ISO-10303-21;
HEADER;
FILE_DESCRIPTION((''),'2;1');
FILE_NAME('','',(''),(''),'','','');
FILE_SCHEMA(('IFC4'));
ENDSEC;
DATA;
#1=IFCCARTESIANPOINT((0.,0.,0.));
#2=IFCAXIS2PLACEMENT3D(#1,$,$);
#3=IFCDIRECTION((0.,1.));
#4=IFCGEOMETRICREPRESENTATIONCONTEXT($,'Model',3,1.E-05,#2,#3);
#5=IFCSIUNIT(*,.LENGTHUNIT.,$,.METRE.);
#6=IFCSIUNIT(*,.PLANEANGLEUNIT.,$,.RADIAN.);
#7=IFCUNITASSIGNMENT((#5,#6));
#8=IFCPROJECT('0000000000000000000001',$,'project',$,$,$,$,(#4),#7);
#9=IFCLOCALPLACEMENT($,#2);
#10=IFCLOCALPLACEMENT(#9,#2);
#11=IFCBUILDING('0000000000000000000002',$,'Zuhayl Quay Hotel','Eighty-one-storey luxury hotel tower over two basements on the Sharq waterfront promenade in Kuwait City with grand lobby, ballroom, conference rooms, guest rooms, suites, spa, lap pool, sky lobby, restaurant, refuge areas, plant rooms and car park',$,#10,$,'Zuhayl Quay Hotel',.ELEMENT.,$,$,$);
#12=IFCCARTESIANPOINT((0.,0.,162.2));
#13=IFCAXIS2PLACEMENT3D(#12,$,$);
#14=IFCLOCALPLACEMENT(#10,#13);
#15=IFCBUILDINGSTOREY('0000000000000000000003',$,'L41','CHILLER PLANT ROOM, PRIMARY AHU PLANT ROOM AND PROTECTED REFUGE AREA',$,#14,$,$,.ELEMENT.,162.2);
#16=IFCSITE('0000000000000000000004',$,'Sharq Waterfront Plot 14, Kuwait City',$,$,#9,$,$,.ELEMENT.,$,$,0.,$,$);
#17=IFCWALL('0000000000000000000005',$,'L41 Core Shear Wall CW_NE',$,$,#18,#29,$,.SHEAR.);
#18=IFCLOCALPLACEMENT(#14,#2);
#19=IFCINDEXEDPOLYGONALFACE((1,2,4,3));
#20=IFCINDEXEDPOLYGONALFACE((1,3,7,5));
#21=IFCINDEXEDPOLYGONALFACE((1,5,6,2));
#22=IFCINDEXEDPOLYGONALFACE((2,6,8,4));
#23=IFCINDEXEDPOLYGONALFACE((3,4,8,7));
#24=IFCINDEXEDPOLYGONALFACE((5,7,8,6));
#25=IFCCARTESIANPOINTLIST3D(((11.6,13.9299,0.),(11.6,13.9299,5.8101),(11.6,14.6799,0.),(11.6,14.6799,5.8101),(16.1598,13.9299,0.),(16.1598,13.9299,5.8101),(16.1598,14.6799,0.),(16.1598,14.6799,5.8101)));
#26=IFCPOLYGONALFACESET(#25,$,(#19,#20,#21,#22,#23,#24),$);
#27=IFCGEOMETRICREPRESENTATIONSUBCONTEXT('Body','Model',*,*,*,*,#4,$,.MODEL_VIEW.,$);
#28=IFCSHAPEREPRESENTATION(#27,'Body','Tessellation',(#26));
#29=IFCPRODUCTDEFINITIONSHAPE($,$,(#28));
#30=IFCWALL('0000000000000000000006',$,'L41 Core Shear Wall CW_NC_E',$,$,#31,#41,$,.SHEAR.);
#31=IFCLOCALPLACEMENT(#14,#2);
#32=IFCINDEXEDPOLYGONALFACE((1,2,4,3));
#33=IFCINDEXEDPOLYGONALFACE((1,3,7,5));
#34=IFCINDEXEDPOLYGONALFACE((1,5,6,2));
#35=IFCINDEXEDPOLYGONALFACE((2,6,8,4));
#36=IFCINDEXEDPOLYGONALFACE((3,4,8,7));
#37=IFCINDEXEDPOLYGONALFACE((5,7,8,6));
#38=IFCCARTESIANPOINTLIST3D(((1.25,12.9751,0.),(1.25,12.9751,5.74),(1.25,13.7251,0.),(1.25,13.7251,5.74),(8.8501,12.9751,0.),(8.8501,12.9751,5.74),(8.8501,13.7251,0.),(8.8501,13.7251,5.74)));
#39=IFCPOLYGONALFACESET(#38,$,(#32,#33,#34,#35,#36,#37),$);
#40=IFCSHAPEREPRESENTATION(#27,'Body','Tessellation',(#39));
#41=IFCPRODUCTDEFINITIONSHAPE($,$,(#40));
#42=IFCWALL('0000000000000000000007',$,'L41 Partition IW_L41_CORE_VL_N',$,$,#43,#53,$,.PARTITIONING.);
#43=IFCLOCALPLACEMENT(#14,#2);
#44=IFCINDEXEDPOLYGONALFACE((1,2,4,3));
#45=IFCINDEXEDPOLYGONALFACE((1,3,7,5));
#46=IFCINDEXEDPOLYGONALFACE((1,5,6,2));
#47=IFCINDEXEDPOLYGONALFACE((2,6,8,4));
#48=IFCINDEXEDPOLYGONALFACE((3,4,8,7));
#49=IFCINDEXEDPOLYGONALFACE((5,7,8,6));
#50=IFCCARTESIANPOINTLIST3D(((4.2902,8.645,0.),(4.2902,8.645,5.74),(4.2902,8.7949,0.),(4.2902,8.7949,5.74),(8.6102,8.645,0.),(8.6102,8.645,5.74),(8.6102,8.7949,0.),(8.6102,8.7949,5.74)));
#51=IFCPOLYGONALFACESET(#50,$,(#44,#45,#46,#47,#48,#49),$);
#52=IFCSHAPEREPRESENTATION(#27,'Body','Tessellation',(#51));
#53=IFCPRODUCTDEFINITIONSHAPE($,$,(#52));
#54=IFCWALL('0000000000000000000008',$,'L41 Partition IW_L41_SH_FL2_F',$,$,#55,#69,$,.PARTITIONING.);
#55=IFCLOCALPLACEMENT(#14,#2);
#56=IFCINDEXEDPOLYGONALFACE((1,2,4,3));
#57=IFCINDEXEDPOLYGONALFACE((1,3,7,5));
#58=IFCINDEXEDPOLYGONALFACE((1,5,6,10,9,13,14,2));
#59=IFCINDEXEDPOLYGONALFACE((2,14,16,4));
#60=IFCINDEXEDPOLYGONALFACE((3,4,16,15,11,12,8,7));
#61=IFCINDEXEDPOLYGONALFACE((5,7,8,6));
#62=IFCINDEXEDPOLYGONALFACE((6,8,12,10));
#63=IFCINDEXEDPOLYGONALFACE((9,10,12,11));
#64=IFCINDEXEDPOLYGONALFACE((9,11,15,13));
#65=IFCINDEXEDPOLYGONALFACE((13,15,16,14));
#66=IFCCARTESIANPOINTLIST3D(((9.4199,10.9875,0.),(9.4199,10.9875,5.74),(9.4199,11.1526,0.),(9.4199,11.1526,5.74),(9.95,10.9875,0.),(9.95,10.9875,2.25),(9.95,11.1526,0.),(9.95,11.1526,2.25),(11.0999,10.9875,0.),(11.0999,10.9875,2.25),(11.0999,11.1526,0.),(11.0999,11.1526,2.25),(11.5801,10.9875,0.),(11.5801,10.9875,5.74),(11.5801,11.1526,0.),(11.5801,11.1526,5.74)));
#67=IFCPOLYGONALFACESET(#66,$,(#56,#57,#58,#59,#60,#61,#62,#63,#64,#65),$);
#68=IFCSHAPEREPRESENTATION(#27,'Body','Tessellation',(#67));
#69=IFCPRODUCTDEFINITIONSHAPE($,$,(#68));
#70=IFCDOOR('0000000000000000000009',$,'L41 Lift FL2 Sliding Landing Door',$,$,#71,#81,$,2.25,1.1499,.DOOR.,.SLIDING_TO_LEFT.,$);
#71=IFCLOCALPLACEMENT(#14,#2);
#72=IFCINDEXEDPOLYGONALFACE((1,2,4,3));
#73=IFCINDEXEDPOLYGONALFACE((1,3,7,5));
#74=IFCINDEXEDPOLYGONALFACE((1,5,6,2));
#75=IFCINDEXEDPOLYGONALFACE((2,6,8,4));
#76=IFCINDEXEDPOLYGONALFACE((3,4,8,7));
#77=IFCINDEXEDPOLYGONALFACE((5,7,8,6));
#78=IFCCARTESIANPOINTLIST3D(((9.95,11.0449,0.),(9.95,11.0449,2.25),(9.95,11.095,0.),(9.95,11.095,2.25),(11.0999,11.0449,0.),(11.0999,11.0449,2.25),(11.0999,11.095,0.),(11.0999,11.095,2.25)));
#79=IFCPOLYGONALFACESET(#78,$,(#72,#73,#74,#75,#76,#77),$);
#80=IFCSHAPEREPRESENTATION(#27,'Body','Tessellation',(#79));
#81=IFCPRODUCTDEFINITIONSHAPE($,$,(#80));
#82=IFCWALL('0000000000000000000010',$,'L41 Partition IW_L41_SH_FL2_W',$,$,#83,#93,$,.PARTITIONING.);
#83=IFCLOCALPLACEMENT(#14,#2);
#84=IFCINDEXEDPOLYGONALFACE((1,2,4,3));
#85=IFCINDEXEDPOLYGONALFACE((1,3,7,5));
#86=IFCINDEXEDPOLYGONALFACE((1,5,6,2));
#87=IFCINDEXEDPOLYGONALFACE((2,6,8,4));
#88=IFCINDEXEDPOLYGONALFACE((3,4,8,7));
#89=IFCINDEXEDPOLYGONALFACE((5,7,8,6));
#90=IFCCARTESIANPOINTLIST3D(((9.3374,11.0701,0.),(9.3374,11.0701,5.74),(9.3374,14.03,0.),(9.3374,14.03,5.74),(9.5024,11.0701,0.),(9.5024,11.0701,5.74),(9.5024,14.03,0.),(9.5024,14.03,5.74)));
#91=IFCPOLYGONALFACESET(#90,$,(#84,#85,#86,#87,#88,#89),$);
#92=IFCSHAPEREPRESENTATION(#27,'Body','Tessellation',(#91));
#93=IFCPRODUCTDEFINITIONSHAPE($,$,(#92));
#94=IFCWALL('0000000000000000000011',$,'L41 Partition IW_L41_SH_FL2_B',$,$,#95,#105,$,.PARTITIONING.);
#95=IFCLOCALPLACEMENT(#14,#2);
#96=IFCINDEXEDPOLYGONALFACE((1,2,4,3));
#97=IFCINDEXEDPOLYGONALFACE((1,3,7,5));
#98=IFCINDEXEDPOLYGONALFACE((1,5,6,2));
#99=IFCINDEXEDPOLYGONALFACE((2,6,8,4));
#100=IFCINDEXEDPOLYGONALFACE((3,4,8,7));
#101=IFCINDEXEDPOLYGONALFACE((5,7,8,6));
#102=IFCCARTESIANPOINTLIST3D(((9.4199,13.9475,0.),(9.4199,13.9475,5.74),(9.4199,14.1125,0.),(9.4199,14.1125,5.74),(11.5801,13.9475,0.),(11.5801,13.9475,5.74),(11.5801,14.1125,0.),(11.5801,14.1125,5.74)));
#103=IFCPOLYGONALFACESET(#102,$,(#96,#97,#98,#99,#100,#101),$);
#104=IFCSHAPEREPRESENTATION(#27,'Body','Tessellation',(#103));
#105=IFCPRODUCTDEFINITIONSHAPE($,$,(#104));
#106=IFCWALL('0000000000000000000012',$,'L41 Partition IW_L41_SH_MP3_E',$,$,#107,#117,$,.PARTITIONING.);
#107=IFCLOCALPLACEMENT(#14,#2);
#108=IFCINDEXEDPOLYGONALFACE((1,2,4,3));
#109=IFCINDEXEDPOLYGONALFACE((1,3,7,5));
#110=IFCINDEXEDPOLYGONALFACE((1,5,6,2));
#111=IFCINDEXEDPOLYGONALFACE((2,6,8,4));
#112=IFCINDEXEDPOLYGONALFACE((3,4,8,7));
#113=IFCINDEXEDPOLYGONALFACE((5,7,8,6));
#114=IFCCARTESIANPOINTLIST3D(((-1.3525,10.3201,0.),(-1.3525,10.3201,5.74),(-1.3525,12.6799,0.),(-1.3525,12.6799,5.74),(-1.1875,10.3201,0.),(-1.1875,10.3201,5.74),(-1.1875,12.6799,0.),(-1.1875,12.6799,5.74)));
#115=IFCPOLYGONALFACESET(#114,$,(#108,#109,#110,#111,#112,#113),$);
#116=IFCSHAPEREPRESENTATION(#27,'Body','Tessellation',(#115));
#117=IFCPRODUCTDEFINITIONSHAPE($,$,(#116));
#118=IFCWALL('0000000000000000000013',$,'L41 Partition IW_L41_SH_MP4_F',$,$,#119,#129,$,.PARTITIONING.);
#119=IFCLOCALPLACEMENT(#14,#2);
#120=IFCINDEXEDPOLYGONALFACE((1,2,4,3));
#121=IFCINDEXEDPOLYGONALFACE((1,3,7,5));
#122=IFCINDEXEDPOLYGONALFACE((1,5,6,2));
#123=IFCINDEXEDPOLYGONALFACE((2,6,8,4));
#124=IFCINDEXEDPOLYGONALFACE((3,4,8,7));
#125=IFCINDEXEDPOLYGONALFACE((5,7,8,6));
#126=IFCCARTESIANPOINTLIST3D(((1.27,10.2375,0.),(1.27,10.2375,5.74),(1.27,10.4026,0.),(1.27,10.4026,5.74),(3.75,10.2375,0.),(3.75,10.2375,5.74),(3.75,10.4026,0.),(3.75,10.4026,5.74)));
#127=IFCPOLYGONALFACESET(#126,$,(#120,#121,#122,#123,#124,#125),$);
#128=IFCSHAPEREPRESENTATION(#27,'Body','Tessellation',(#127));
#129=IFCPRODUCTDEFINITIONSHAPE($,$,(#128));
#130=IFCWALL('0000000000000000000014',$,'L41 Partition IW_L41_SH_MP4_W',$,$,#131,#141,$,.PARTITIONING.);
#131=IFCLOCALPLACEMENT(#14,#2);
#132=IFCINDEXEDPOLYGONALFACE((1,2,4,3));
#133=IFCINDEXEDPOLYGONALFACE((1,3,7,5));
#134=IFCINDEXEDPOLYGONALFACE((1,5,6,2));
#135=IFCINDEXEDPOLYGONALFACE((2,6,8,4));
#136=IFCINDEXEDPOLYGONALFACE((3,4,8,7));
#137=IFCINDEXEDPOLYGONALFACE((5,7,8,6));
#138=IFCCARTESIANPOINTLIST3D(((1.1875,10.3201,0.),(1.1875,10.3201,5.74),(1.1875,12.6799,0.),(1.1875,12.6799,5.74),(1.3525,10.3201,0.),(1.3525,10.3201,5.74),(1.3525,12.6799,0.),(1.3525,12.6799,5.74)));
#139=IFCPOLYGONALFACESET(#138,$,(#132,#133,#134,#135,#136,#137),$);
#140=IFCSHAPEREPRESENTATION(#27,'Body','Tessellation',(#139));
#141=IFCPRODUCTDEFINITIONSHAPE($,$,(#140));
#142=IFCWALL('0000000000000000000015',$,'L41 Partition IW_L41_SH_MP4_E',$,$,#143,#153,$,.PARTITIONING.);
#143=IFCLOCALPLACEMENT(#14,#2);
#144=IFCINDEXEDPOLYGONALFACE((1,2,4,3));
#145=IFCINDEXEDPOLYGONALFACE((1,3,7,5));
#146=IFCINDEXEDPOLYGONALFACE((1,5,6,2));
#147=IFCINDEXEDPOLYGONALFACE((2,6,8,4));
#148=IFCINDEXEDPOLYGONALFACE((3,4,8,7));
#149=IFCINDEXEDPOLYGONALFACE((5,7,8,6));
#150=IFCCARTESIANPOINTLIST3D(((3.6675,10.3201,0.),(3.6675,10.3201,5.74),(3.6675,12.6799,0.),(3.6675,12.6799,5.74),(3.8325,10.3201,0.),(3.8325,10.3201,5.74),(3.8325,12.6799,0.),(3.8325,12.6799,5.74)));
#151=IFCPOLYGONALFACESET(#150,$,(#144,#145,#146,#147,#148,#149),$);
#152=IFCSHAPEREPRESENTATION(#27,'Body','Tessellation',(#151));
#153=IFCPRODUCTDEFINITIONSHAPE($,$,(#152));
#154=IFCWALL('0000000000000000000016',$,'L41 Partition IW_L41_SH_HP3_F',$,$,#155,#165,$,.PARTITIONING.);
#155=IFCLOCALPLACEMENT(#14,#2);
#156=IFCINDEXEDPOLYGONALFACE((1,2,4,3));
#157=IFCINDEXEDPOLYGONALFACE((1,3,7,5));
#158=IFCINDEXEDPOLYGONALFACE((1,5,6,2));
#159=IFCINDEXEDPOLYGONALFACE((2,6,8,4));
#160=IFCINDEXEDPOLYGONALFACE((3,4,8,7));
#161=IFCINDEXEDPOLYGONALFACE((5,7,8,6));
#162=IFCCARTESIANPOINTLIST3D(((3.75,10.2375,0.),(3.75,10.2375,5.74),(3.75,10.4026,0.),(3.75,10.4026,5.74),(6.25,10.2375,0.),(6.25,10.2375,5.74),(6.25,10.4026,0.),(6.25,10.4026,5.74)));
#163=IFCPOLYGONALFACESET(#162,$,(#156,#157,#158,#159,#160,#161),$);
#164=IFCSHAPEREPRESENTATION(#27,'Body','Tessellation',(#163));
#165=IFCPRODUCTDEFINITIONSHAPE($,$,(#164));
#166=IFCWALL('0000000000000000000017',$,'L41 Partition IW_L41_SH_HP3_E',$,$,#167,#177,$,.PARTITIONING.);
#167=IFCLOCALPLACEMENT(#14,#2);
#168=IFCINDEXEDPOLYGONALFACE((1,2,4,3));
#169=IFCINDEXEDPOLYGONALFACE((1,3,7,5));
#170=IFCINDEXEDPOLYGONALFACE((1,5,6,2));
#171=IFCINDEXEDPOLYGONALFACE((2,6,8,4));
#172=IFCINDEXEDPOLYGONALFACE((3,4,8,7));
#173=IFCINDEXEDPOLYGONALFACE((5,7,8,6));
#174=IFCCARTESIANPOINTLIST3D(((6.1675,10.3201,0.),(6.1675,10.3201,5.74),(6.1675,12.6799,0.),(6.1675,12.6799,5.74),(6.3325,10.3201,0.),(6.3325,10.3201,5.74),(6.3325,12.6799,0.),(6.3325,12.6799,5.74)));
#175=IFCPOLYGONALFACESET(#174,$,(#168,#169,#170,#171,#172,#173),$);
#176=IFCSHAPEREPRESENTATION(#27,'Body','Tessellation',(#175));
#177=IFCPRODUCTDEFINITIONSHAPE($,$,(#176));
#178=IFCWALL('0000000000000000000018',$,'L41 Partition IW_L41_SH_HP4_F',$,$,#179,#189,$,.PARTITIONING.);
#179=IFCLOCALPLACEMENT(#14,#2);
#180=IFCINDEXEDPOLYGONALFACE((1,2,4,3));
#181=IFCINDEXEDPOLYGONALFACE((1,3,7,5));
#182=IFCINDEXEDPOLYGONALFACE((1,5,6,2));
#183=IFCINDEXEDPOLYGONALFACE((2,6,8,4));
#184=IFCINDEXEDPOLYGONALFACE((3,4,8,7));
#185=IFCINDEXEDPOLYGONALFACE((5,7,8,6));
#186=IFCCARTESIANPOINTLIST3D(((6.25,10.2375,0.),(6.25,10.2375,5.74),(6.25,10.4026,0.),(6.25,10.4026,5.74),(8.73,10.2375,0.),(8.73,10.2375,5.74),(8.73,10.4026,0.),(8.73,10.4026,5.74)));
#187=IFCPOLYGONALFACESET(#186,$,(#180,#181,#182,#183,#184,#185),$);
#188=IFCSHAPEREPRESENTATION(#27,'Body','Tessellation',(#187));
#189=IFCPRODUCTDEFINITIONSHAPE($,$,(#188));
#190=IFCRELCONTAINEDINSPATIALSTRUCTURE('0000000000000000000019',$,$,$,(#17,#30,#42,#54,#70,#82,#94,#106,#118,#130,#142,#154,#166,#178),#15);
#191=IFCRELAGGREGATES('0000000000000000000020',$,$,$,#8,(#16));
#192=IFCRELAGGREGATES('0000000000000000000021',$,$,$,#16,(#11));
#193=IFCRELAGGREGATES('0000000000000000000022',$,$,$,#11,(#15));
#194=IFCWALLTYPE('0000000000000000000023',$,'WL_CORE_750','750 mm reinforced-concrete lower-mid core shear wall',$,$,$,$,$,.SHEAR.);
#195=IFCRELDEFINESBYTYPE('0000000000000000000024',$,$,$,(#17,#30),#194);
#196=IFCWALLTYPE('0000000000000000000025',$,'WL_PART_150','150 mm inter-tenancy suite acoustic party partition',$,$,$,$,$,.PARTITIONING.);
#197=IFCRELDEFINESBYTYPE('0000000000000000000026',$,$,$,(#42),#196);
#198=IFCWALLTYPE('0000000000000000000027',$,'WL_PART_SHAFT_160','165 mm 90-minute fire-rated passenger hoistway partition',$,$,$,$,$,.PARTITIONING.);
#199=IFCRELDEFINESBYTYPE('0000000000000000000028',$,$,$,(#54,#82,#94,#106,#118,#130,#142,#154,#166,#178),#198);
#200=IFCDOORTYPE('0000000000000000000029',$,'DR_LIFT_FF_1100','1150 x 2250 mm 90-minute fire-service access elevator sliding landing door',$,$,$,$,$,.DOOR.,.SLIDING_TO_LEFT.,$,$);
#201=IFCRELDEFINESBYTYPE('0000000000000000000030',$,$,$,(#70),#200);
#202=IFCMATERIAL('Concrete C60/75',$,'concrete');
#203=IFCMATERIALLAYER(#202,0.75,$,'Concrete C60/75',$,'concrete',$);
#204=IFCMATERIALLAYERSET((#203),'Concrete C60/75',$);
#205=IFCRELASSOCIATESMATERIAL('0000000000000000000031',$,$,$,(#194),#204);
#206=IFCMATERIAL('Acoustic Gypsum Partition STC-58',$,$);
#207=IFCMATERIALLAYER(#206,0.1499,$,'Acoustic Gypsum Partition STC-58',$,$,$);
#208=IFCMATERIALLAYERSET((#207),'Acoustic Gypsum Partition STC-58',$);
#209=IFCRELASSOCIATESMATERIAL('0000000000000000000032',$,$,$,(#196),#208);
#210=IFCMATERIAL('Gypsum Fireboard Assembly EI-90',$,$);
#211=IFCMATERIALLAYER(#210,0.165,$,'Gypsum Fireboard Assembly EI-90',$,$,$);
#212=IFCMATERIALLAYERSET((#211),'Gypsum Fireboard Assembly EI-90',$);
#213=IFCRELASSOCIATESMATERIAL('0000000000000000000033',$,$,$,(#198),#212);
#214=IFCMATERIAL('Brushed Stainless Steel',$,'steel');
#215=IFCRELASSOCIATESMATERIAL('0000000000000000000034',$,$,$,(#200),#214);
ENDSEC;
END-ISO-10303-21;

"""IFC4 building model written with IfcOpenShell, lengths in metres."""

from ifc_helpers import new_model, si_unit, direction, frame, frame_2d, origin, place, context, subcontext, project, spatial, rectangle, extrude, material, layer, layer_set, type_object, element, fill, save


model = new_model("IFC4")

# Units and contexts
model_context = context("Model", 3, precision=1e-05, world=origin(), true_north=direction((0.0, 1.0)))
body_context = subcontext(model_context, "Body", "Model", "MODEL_VIEW")
ifc_project = project(units=[si_unit("LENGTHUNIT", "METRE"), si_unit("PLANEANGLEUNIT", "RADIAN")], contexts=[model_context])

# Site, building, storey
site_placement = place(None, origin())
site = spatial("IfcSite", under=ifc_project, at=site_placement, Name="Sharq Waterfront Plot 14, Kuwait City", CompositionType="ELEMENT", RefElevation=0.0)
building_placement = place(site_placement, origin())
building = spatial("IfcBuilding", under=site, at=building_placement, Name="Zuhayl Quay Hotel", Description="Eighty-one-storey luxury hotel tower over two basements on the Sharq waterfront promenade in Kuwait City with grand lobby, ballroom, conference rooms, guest rooms, suites, spa, lap pool, sky lobby, restaurant, refuge areas, plant rooms and car park", LongName="Zuhayl Quay Hotel", CompositionType="ELEMENT")
storey_placement = place(building_placement, frame((0.0, 0.0, 162.2)))
storey = spatial("IfcBuildingStorey", under=building, at=storey_placement, Name="L41", Description="CHILLER PLANT ROOM, PRIMARY AHU PLANT ROOM AND PROTECTED REFUGE AREA", CompositionType="ELEMENT", Elevation=162.2)

# Shared definitions
ifc_material_1 = material(Name="Concrete C60/75", Category="concrete")

# Walls
ifc_layer_1 = layer(ifc_material_1, 0.75, Name="Concrete C60/75", Category="concrete")
ifc_layer_set_1 = layer_set([ifc_layer_1], Name="Concrete C60/75")
wall_type_1 = type_object("IfcWallType", Name="WL_CORE_750", Description="750 mm reinforced-concrete lower-mid core shear wall", PredefinedType="SHEAR", material=ifc_layer_set_1)
wall_1_placement = place(storey_placement, frame((11.6001, 14.3049, 0.0), z_axis=(0.0, 0.0, 1.0), x_axis=(1.0, 0.0, 0.0)))
element("IfcWall", 1, at=wall_1_placement, inside=storey, type_object=wall_type_1, Name="L41 Core Shear Wall CW_NE", PredefinedType="SHEAR", context=body_context, shape_type="SweptSolid", body=[
    extrude(rectangle(XDim=4.5598, YDim=0.75, at=frame_2d((2.2798, 0.0))), origin(), (0.0, 0.0, 1.0), 5.8101),
])
wall_2_placement = place(storey_placement, frame((1.25, 13.3501, 0.0), z_axis=(0.0, 0.0, 1.0), x_axis=(1.0, 0.0, 0.0)))
element("IfcWall", 2, at=wall_2_placement, inside=storey, type_object=wall_type_1, Name="L41 Core Shear Wall CW_NC_E", PredefinedType="SHEAR", context=body_context, shape_type="SweptSolid", body=[
    extrude(rectangle(XDim=7.6001, YDim=0.75, at=frame_2d((3.8, 0.0))), origin(), (0.0, 0.0, 1.0), 5.74),
])
ifc_material_2 = material(Name="Acoustic Gypsum Partition STC-58")
ifc_layer_2 = layer(ifc_material_2, 0.1499, Name="Acoustic Gypsum Partition STC-58")
ifc_layer_set_2 = layer_set([ifc_layer_2], Name="Acoustic Gypsum Partition STC-58")
wall_type_2 = type_object("IfcWallType", Name="WL_PART_150", Description="150 mm inter-tenancy suite acoustic party partition", PredefinedType="PARTITIONING", material=ifc_layer_set_2)
wall_3_placement = place(storey_placement, frame((4.29, 8.72, 0.0), z_axis=(0.0, 0.0, 1.0), x_axis=(1.0, 0.0, 0.0)))
element("IfcWall", 3, at=wall_3_placement, inside=storey, type_object=wall_type_2, Name="L41 Partition IW_L41_CORE_VL_N", PredefinedType="PARTITIONING", context=body_context, shape_type="SweptSolid", body=[
    extrude(rectangle(XDim=4.3201, YDim=0.1499, at=frame_2d((2.1602, 0.0))), origin(), (0.0, 0.0, 1.0), 5.74),
])

# Wall, opening, door
ifc_material_3 = material(Name="Gypsum Fireboard Assembly EI-90")
ifc_layer_3 = layer(ifc_material_3, 0.165, Name="Gypsum Fireboard Assembly EI-90")
ifc_layer_set_3 = layer_set([ifc_layer_3], Name="Gypsum Fireboard Assembly EI-90")
wall_type_3 = type_object("IfcWallType", Name="WL_PART_SHAFT_160", Description="165 mm 90-minute fire-rated passenger hoistway partition", PredefinedType="PARTITIONING", material=ifc_layer_set_3)
wall_4_placement = place(storey_placement, frame((9.4199, 11.0701, 0.0), z_axis=(0.0, 0.0, 1.0), x_axis=(1.0, 0.0, 0.0)))
wall_4 = element("IfcWall", 4, at=wall_4_placement, inside=storey, type_object=wall_type_3, Name="L41 Partition IW_L41_SH_FL2_F", PredefinedType="PARTITIONING", context=body_context, shape_type="SweptSolid", body=[
    extrude(rectangle(XDim=2.1602, YDim=0.165, at=frame_2d((1.0801, 0.0))), origin(), (0.0, 0.0, 1.0), 5.74),
])
opening_1_placement = place(wall_4_placement, frame((0.53, 0.0, 0.0)))
opening_1 = element("IfcOpeningElement", 5, at=opening_1_placement, cuts=wall_4, PredefinedType="OPENING", context=body_context, shape_type="SweptSolid", body=[
    extrude(rectangle(XDim=1.1499, YDim=2.25, at=frame_2d((0.575, 1.125))), frame((0.0, 0.0925, 0.0), z_axis=(0.0, -1.0, 0.0), x_axis=(1.0, 0.0, 0.0)), (0.0, 0.0, 1.0), 0.1851),
])
ifc_material_4 = material(Name="Brushed Stainless Steel", Category="steel")
door_type_1 = type_object("IfcDoorType", Name="DR_LIFT_FF_1100", Description="1150 x 2250 mm 90-minute fire-service access elevator sliding landing door", OperationType="SLIDING_TO_LEFT", PredefinedType="DOOR", material=ifc_material_4)
door_1_placement = place(opening_1_placement, origin())
door_1 = element("IfcDoor", 6, at=door_1_placement, inside=storey, type_object=door_type_1, Name="L41 Lift FL2 Sliding Landing Door", OperationType="SLIDING_TO_LEFT", OverallHeight=2.25, OverallWidth=1.1499, PredefinedType="DOOR", context=body_context, shape_type="SweptSolid", body=[
    extrude(rectangle(XDim=1.1499, YDim=2.25, at=frame_2d((0.575, 1.125))), frame((0.0, 0.0249, 0.0), z_axis=(0.0, -1.0, 0.0), x_axis=(1.0, 0.0, 0.0)), (0.0, 0.0, 1.0), 0.05),
])
fill(opening_1, door_1)

# Walls
wall_5_placement = place(storey_placement, frame((9.4199, 11.0701, 0.0), z_axis=(0.0, 0.0, 1.0), x_axis=(0.0, 1.0, 0.0)))
element("IfcWall", 7, at=wall_5_placement, inside=storey, type_object=wall_type_3, Name="L41 Partition IW_L41_SH_FL2_W", PredefinedType="PARTITIONING", context=body_context, shape_type="SweptSolid", body=[
    extrude(rectangle(XDim=2.96, YDim=0.165, at=frame_2d((1.48, 0.0))), origin(), (0.0, 0.0, 1.0), 5.74),
])
wall_6_placement = place(storey_placement, frame((9.4199, 14.03, 0.0), z_axis=(0.0, 0.0, 1.0), x_axis=(1.0, 0.0, 0.0)))
element("IfcWall", 8, at=wall_6_placement, inside=storey, type_object=wall_type_3, Name="L41 Partition IW_L41_SH_FL2_B", PredefinedType="PARTITIONING", context=body_context, shape_type="SweptSolid", body=[
    extrude(rectangle(XDim=2.1602, YDim=0.165, at=frame_2d((1.0801, 0.0))), origin(), (0.0, 0.0, 1.0), 5.74),
])
wall_7_placement = place(storey_placement, frame((-1.27, 10.3201, 0.0), z_axis=(0.0, 0.0, 1.0), x_axis=(0.0, 1.0, 0.0)))
element("IfcWall", 9, at=wall_7_placement, inside=storey, type_object=wall_type_3, Name="L41 Partition IW_L41_SH_MP3_E", PredefinedType="PARTITIONING", context=body_context, shape_type="SweptSolid", body=[
    extrude(rectangle(XDim=2.3599, YDim=0.165, at=frame_2d((1.1799, 0.0))), origin(), (0.0, 0.0, 1.0), 5.74),
])
wall_8_placement = place(storey_placement, frame((1.27, 10.3201, 0.0), z_axis=(0.0, 0.0, 1.0), x_axis=(1.0, 0.0, 0.0)))
element("IfcWall", 10, at=wall_8_placement, inside=storey, type_object=wall_type_3, Name="L41 Partition IW_L41_SH_MP4_F", PredefinedType="PARTITIONING", context=body_context, shape_type="SweptSolid", body=[
    extrude(rectangle(XDim=2.48, YDim=0.165, at=frame_2d((1.24, 0.0))), origin(), (0.0, 0.0, 1.0), 5.74),
])
for number, where, z_axis, x_axis, name in (
    (11, (1.27, 10.3201, 0.0), (0.0, 0.0, 1.0), (0.0, 1.0, 0.0), "L41 Partition IW_L41_SH_MP4_W"),
    (12, (3.75, 10.3201, 0.0), (0.0, 0.0, 1.0), (0.0, 1.0, 0.0), "L41 Partition IW_L41_SH_MP4_E"),
):
    element("IfcWall", number, at=place(storey_placement, frame(where, z_axis=z_axis, x_axis=x_axis)), inside=storey, type_object=wall_type_3, Name=name, PredefinedType="PARTITIONING", context=body_context, shape_type="SweptSolid", body=[
        extrude(rectangle(XDim=2.3599, YDim=0.165, at=frame_2d((1.1799, 0.0))), origin(), (0.0, 0.0, 1.0), 5.74),
    ])
wall_9_placement = place(storey_placement, frame((3.75, 10.3201, 0.0), z_axis=(0.0, 0.0, 1.0), x_axis=(1.0, 0.0, 0.0)))
element("IfcWall", 13, at=wall_9_placement, inside=storey, type_object=wall_type_3, Name="L41 Partition IW_L41_SH_HP3_F", PredefinedType="PARTITIONING", context=body_context, shape_type="SweptSolid", body=[
    extrude(rectangle(XDim=2.5, YDim=0.165, at=frame_2d((1.25, 0.0))), origin(), (0.0, 0.0, 1.0), 5.74),
])
wall_10_placement = place(storey_placement, frame((6.25, 10.3201, 0.0), z_axis=(0.0, 0.0, 1.0), x_axis=(0.0, 1.0, 0.0)))
element("IfcWall", 14, at=wall_10_placement, inside=storey, type_object=wall_type_3, Name="L41 Partition IW_L41_SH_HP3_E", PredefinedType="PARTITIONING", context=body_context, shape_type="SweptSolid", body=[
    extrude(rectangle(XDim=2.3599, YDim=0.165, at=frame_2d((1.1799, 0.0))), origin(), (0.0, 0.0, 1.0), 5.74),
])
wall_11_placement = place(storey_placement, frame((6.25, 10.3201, 0.0), z_axis=(0.0, 0.0, 1.0), x_axis=(1.0, 0.0, 0.0)))
element("IfcWall", 15, at=wall_11_placement, inside=storey, type_object=wall_type_3, Name="L41 Partition IW_L41_SH_HP4_F", PredefinedType="PARTITIONING", context=body_context, shape_type="SweptSolid", body=[
    extrude(rectangle(XDim=2.48, YDim=0.165, at=frame_2d((1.24, 0.0))), origin(), (0.0, 0.0, 1.0), 5.74),
])

save(model, "model.ifc")
